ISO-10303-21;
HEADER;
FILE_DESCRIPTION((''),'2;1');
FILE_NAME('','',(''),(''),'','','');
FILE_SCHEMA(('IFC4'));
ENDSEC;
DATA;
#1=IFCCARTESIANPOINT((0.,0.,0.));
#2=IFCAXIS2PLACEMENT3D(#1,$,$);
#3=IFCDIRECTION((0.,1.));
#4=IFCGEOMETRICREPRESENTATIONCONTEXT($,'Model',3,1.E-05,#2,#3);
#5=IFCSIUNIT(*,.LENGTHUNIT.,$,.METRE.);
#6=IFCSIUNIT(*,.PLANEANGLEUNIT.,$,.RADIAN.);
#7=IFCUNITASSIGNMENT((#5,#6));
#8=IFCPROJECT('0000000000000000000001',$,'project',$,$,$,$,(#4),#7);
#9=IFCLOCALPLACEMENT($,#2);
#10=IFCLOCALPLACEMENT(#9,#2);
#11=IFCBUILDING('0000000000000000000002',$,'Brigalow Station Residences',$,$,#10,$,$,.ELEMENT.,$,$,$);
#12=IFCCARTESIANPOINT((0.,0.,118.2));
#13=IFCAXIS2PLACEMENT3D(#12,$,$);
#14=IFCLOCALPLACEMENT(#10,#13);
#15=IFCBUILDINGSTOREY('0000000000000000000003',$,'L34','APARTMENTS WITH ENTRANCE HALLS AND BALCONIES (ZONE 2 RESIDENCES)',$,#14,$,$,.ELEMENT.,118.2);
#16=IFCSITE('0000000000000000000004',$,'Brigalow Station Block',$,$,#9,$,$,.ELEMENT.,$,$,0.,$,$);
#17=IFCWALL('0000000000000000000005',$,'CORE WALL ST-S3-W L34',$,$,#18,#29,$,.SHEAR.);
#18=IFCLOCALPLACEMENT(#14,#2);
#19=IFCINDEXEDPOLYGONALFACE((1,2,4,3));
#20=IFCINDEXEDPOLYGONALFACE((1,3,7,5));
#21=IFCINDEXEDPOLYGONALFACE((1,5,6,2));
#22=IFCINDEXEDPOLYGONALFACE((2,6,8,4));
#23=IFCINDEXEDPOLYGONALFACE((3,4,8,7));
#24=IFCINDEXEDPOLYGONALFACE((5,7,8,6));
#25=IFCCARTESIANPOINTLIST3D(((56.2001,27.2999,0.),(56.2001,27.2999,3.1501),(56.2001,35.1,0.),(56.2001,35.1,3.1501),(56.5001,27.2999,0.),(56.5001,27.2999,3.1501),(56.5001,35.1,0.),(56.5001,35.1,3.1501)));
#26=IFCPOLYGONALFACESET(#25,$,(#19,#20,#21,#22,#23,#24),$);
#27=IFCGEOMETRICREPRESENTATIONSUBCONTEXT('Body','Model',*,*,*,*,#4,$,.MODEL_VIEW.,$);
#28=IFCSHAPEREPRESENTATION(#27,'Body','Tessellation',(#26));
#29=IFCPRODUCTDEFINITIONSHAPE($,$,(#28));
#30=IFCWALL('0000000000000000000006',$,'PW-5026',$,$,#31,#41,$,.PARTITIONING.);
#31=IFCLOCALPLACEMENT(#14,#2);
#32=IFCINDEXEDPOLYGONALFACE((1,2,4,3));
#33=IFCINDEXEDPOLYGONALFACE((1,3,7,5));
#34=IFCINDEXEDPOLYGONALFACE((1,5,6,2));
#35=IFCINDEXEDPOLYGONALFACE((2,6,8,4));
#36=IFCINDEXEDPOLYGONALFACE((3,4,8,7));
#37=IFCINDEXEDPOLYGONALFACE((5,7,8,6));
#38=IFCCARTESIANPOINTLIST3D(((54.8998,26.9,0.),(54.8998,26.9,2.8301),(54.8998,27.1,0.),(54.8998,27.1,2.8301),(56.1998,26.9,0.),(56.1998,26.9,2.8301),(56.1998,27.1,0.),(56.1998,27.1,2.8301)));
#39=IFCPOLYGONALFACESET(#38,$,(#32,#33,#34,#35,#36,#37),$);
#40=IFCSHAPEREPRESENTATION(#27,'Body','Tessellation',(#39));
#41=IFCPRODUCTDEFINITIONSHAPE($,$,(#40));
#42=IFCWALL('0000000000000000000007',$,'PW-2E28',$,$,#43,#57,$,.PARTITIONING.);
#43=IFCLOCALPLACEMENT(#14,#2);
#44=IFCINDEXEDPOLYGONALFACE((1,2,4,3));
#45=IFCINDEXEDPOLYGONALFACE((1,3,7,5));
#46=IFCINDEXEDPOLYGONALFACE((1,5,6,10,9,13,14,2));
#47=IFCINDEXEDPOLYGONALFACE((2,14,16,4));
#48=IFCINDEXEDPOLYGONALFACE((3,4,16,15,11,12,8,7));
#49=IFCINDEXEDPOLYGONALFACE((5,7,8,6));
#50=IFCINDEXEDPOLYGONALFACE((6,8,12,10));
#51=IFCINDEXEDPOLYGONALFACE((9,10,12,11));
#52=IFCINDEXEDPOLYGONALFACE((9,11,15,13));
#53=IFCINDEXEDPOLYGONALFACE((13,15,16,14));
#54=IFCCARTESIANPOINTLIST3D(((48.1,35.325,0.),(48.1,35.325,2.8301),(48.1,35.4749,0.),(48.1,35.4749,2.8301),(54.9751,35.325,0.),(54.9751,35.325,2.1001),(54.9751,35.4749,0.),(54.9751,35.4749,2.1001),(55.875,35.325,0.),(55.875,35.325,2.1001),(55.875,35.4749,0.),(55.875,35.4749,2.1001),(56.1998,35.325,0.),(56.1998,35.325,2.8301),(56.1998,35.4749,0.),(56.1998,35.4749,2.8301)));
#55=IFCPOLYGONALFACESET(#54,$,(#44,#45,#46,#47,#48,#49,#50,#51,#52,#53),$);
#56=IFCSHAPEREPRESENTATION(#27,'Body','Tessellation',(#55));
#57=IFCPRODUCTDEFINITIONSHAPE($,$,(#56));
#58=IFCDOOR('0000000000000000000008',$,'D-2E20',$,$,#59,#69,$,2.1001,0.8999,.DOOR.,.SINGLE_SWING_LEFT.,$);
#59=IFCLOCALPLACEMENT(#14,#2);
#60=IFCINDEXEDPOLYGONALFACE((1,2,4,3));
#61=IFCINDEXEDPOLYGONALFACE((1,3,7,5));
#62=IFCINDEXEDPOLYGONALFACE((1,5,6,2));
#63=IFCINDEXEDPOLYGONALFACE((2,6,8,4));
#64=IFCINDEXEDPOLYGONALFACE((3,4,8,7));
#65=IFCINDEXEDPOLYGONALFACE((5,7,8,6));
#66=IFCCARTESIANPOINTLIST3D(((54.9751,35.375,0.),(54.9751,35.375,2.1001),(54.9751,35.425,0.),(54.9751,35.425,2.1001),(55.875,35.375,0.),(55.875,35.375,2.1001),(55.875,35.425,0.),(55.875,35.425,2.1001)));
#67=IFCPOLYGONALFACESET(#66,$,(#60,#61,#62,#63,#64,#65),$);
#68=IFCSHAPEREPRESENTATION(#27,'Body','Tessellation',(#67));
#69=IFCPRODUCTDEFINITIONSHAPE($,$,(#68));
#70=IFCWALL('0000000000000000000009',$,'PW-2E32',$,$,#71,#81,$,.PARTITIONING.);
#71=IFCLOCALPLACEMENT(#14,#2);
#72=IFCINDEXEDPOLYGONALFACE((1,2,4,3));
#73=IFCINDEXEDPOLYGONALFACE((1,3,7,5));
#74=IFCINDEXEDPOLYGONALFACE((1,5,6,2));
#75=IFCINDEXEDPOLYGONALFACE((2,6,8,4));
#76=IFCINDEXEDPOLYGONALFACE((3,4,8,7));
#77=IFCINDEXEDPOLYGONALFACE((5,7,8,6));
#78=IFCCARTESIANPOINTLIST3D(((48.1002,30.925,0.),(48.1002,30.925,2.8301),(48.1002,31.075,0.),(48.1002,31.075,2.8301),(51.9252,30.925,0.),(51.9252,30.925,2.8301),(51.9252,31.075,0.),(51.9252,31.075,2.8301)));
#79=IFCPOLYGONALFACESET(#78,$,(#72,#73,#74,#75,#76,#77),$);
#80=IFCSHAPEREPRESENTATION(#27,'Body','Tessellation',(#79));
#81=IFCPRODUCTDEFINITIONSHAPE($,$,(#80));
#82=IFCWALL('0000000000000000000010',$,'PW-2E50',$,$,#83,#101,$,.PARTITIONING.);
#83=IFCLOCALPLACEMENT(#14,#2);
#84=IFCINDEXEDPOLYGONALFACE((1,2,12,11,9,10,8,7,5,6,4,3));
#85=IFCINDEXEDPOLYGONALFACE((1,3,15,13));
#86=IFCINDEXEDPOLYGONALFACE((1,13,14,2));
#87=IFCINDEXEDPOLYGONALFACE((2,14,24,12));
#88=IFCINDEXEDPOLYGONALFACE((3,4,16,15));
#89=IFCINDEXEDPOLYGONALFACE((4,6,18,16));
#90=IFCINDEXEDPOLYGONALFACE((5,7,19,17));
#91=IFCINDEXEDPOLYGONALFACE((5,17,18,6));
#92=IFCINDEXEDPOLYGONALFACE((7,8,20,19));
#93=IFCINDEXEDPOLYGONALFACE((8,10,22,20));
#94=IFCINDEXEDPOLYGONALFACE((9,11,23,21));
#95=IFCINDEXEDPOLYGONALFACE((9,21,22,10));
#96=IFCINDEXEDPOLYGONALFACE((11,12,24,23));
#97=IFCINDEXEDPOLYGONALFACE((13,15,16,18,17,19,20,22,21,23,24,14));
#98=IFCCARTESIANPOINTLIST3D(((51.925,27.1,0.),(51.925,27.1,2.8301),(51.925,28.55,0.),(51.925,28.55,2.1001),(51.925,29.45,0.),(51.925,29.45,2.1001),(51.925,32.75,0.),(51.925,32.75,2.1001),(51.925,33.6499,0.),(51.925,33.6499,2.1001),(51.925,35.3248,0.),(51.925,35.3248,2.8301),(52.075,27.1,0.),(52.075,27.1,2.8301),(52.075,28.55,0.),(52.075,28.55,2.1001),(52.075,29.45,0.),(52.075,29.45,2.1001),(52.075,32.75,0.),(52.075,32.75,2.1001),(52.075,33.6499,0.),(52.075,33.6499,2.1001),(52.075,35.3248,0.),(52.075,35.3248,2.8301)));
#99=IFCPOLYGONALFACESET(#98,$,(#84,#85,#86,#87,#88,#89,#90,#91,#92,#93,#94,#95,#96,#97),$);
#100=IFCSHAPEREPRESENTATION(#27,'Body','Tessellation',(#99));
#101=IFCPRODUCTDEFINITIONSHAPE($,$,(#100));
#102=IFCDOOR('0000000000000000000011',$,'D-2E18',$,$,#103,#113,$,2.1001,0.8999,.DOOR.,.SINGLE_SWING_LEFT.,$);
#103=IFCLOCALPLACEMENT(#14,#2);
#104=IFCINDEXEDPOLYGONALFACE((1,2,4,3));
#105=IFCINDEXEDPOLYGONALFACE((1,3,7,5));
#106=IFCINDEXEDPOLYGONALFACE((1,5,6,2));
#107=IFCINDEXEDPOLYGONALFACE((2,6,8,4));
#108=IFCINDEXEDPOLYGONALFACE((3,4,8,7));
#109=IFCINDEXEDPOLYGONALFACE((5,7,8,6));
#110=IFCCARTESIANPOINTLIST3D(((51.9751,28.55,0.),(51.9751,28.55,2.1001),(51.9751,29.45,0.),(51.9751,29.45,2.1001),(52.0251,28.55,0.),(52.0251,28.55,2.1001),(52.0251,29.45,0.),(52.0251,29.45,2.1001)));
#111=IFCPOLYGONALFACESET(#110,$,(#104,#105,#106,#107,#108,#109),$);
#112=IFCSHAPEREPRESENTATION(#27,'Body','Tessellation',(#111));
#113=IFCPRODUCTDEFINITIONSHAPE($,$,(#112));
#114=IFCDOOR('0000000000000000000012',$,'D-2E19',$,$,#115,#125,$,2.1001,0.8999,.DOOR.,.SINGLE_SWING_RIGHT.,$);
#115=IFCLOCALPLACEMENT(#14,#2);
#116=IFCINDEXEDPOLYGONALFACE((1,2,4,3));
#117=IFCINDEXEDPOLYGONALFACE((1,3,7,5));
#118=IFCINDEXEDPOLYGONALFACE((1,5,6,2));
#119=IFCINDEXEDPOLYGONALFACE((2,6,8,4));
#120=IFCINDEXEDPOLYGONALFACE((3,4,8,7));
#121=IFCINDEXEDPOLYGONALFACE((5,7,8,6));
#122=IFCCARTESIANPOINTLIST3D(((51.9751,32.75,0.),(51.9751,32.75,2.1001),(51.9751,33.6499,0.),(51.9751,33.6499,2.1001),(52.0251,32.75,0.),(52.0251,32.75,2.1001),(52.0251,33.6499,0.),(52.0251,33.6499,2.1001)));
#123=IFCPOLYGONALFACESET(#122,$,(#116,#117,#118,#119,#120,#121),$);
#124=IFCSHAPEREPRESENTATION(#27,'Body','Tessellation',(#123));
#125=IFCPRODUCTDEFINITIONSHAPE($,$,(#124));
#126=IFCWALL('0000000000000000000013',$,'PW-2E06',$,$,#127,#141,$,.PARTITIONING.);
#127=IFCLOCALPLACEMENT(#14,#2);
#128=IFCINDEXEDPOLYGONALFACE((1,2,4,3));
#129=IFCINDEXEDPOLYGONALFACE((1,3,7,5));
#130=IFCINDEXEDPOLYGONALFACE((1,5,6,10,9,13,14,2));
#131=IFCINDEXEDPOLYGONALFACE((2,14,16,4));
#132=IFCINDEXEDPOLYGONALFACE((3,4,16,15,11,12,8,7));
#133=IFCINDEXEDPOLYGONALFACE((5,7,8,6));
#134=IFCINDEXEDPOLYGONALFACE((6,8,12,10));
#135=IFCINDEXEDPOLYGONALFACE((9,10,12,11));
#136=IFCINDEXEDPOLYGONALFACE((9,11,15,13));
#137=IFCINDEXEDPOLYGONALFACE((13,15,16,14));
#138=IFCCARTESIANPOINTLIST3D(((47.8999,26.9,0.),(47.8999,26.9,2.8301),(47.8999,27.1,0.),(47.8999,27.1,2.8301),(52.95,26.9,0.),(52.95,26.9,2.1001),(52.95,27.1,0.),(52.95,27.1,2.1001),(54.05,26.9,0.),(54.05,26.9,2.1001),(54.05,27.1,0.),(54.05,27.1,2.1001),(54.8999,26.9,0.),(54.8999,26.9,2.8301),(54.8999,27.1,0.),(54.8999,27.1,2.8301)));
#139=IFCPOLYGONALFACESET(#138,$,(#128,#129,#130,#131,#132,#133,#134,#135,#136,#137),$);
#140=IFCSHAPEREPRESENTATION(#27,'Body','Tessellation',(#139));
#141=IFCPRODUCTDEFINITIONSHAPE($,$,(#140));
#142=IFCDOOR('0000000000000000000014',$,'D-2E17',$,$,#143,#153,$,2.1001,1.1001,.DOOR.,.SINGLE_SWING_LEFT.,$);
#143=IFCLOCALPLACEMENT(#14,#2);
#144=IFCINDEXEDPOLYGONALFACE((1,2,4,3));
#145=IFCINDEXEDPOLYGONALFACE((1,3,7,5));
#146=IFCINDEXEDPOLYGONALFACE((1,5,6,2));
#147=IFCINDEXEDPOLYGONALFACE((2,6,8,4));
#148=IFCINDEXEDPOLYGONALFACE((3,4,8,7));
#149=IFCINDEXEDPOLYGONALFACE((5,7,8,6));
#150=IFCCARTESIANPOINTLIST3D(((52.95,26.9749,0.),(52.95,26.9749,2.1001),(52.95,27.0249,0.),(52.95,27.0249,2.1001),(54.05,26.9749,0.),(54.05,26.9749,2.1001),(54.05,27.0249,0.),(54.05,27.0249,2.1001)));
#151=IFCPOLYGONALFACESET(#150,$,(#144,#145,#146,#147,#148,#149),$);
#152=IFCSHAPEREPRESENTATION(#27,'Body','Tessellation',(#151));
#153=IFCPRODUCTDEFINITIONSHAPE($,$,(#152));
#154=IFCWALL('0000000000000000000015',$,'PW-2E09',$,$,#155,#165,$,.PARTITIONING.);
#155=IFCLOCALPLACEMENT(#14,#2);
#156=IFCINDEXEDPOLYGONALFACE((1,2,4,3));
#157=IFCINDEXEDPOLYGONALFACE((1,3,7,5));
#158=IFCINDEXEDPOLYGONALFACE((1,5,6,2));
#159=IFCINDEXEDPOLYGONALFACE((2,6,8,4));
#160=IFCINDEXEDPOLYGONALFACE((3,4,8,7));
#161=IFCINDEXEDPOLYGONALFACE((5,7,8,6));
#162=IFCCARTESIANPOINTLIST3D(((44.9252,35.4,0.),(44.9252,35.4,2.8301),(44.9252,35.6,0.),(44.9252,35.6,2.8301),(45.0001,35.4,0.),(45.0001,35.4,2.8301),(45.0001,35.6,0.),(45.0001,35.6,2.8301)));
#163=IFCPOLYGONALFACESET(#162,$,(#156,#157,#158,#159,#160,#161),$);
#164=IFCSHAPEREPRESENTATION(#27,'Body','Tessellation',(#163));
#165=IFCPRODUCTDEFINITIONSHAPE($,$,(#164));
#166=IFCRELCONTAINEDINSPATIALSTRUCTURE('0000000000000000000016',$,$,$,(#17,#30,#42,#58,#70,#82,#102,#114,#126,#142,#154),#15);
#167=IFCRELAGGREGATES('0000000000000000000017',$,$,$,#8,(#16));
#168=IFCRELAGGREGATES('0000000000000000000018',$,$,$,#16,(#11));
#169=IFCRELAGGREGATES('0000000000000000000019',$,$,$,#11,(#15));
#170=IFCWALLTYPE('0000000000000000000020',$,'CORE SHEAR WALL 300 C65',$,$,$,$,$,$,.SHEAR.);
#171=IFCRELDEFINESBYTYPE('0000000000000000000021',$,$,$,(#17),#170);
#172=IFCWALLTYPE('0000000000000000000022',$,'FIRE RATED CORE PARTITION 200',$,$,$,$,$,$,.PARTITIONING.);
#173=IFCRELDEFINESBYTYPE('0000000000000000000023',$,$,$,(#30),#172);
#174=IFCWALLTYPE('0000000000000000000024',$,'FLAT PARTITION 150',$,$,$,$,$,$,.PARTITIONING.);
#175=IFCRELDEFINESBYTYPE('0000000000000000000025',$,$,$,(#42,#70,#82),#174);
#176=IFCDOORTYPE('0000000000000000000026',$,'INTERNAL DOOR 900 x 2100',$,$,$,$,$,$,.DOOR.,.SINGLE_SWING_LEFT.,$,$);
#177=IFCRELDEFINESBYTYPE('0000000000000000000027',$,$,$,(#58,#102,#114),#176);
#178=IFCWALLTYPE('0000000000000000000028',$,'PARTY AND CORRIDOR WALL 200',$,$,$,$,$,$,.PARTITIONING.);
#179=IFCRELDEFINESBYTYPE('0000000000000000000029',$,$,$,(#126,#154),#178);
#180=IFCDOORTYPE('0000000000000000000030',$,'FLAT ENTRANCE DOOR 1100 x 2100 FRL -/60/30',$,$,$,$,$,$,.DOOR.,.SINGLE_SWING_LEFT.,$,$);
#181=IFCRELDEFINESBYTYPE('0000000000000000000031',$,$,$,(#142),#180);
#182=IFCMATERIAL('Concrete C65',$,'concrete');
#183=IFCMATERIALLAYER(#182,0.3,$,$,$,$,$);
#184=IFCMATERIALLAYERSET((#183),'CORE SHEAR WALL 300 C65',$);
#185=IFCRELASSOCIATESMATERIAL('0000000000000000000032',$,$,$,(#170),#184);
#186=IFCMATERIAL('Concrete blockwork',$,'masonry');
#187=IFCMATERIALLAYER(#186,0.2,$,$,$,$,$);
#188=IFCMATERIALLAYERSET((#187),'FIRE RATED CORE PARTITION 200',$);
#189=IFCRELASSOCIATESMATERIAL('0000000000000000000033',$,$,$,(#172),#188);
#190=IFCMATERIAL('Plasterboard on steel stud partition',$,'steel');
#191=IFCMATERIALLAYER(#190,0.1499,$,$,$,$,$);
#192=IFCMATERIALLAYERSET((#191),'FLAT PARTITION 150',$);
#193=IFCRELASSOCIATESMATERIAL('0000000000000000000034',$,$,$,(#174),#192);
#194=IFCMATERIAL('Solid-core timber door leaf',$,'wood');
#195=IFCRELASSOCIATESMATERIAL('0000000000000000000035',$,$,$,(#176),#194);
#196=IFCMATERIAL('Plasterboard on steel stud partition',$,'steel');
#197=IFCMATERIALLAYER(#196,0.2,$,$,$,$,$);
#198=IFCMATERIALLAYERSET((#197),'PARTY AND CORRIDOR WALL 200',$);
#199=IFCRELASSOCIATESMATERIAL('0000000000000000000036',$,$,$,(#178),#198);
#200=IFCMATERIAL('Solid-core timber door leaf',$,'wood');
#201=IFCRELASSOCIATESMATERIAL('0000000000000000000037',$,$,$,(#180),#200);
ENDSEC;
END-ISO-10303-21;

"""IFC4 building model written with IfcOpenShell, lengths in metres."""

from ifc_helpers import new_model, si_unit, direction, frame, frame_2d, origin, place, context, subcontext, project, spatial, rectangle, extrude, material, layer, layer_set, type_object, element, fill, save


model = new_model("IFC4")

# Units and contexts
model_context = context("Model", 3, precision=1e-05, world=origin(), true_north=direction((0.0, 1.0)))
body_context = subcontext(model_context, "Body", "Model", "MODEL_VIEW")
ifc_project = project(units=[si_unit("LENGTHUNIT", "METRE"), si_unit("PLANEANGLEUNIT", "RADIAN")], contexts=[model_context])

# Site, building, storey
site_placement = place(None, origin())
site = spatial("IfcSite", under=ifc_project, at=site_placement, Name="Brigalow Station Block", CompositionType="ELEMENT", RefElevation=0.0)
building_placement = place(site_placement, origin())
building = spatial("IfcBuilding", under=site, at=building_placement, Name="Brigalow Station Residences", CompositionType="ELEMENT")
storey_placement = place(building_placement, frame((0.0, 0.0, 118.2)))
storey = spatial("IfcBuildingStorey", under=building, at=storey_placement, Name="L34", Description="APARTMENTS WITH ENTRANCE HALLS AND BALCONIES (ZONE 2 RESIDENCES)", CompositionType="ELEMENT", Elevation=118.2)

# Shared definitions
ifc_material_1 = material(Name="Concrete C65", Category="concrete")
ifc_layer_1 = layer(ifc_material_1, 0.3)
ifc_layer_set_1 = layer_set([ifc_layer_1], Name="CORE SHEAR WALL 300 C65")
wall_type_1 = type_object("IfcWallType", Name="CORE SHEAR WALL 300 C65", PredefinedType="SHEAR", material=ifc_layer_set_1)

# Walls
wall_1_placement = place(storey_placement, frame((56.3501, 27.3, 0.0), z_axis=(0.0, 0.0, 1.0), x_axis=(0.0, 1.0, 0.0)))
element("IfcWall", 1, at=wall_1_placement, inside=storey, type_object=wall_type_1, Name="CORE WALL ST-S3-W L34", PredefinedType="SHEAR", context=body_context, shape_type="SweptSolid", body=[
    extrude(rectangle(XDim=7.8, YDim=0.3, at=frame_2d((3.8999, 0.0))), origin(), (0.0, 0.0, 1.0), 3.1501),
])
ifc_material_2 = material(Name="Concrete blockwork", Category="masonry")
ifc_layer_2 = layer(ifc_material_2, 0.2)
ifc_layer_set_2 = layer_set([ifc_layer_2], Name="FIRE RATED CORE PARTITION 200")
wall_type_2 = type_object("IfcWallType", Name="FIRE RATED CORE PARTITION 200", PredefinedType="PARTITIONING", material=ifc_layer_set_2)
wall_2_placement = place(storey_placement, frame((54.8999, 27.0, 0.0), z_axis=(0.0, 0.0, 1.0), x_axis=(1.0, 0.0, 0.0)))
element("IfcWall", 2, at=wall_2_placement, inside=storey, type_object=wall_type_2, Name="PW-5026", PredefinedType="PARTITIONING", context=body_context, shape_type="SweptSolid", body=[
    extrude(rectangle(XDim=1.3, YDim=0.2, at=frame_2d((0.6499, 0.0))), origin(), (0.0, 0.0, 1.0), 2.8301),
])

# Wall, opening, door
ifc_material_3 = material(Name="Plasterboard on steel stud partition", Category="steel")
ifc_layer_3 = layer(ifc_material_3, 0.1499)
ifc_layer_set_3 = layer_set([ifc_layer_3], Name="FLAT PARTITION 150")
wall_type_3 = type_object("IfcWallType", Name="FLAT PARTITION 150", PredefinedType="PARTITIONING", material=ifc_layer_set_3)
wall_3_placement = place(storey_placement, frame((48.1001, 35.3999, 0.0), z_axis=(0.0, 0.0, 1.0), x_axis=(1.0, 0.0, 0.0)))
wall_3 = element("IfcWall", 3, at=wall_3_placement, inside=storey, type_object=wall_type_3, Name="PW-2E28", PredefinedType="PARTITIONING", context=body_context, shape_type="SweptSolid", body=[
    extrude(rectangle(XDim=8.0999, YDim=0.1499, at=frame_2d((4.0498, 0.0))), origin(), (0.0, 0.0, 1.0), 2.8301),
])
opening_1_placement = place(wall_3_placement, frame((6.875, 0.0, 0.0)))
opening_1 = element("IfcOpeningElement", 4, at=opening_1_placement, cuts=wall_3, PredefinedType="OPENING", context=body_context, shape_type="SweptSolid", body=[
    extrude(rectangle(XDim=0.8999, YDim=2.1001, at=frame_2d((0.45, 1.05))), frame((0.0, 0.085, 0.0), z_axis=(0.0, -1.0, 0.0), x_axis=(1.0, 0.0, 0.0)), (0.0, 0.0, 1.0), 0.1699),
])
ifc_material_4 = material(Name="Solid-core timber door leaf", Category="wood")
door_type_1 = type_object("IfcDoorType", Name="INTERNAL DOOR 900 x 2100", OperationType="SINGLE_SWING_LEFT", PredefinedType="DOOR", material=ifc_material_4)
door_1_placement = place(opening_1_placement, frame((0.8999, 0.0, 0.0), z_axis=(0.0, 0.0, 1.0), x_axis=(-1.0, 0.0, 0.0)))
door_1 = element("IfcDoor", 5, at=door_1_placement, inside=storey, type_object=door_type_1, Name="D-2E20", OperationType="SINGLE_SWING_LEFT", OverallHeight=2.1001, OverallWidth=0.8999, PredefinedType="DOOR", context=body_context, shape_type="SweptSolid", body=[
    extrude(rectangle(XDim=0.8999, YDim=2.1001, at=frame_2d((0.45, 1.05))), frame((0.0, 0.0249, 0.0), z_axis=(0.0, -1.0, 0.0), x_axis=(1.0, 0.0, 0.0)), (0.0, 0.0, 1.0), 0.05),
])
fill(opening_1, door_1)

# Wall
wall_4_placement = place(storey_placement, frame((48.1001, 31.0, 0.0), z_axis=(0.0, 0.0, 1.0), x_axis=(1.0, 0.0, 0.0)))
element("IfcWall", 6, at=wall_4_placement, inside=storey, type_object=wall_type_3, Name="PW-2E32", PredefinedType="PARTITIONING", context=body_context, shape_type="SweptSolid", body=[
    extrude(rectangle(XDim=3.825, YDim=0.1499, at=frame_2d((1.9126, 0.0))), origin(), (0.0, 0.0, 1.0), 2.8301),
])

# Wall, openings, doors
wall_5_placement = place(storey_placement, frame((52.0, 27.1001, 0.0), z_axis=(0.0, 0.0, 1.0), x_axis=(0.0, 1.0, 0.0)))
wall_5 = element("IfcWall", 7, at=wall_5_placement, inside=storey, type_object=wall_type_3, Name="PW-2E50", PredefinedType="PARTITIONING", context=body_context, shape_type="SweptSolid", body=[
    extrude(rectangle(XDim=8.2249, YDim=0.1499, at=frame_2d((4.1123, 0.0))), origin(), (0.0, 0.0, 1.0), 2.8301),
])
opening_2_placement = place(wall_5_placement, frame((1.45, 0.0, 0.0)))
opening_2 = element("IfcOpeningElement", 8, at=opening_2_placement, cuts=wall_5, PredefinedType="OPENING", context=body_context, shape_type="SweptSolid", body=[
    extrude(rectangle(XDim=0.8999, YDim=2.1001, at=frame_2d((0.45, 1.05))), frame((0.0, 0.085, 0.0), z_axis=(0.0, -1.0, 0.0), x_axis=(1.0, 0.0, 0.0)), (0.0, 0.0, 1.0), 0.1699),
])
opening_3_placement = place(wall_5_placement, frame((5.6499, 0.0, 0.0)))
opening_3 = element("IfcOpeningElement", 9, at=opening_3_placement, cuts=wall_5, PredefinedType="OPENING", context=body_context, shape_type="SweptSolid", body=[
    extrude(rectangle(XDim=0.8999, YDim=2.1001, at=frame_2d((0.45, 1.05))), frame((0.0, 0.085, 0.0), z_axis=(0.0, -1.0, 0.0), x_axis=(1.0, 0.0, 0.0)), (0.0, 0.0, 1.0), 0.1699),
])
door_2_placement = place(opening_2_placement, origin())
door_2 = element("IfcDoor", 10, at=door_2_placement, inside=storey, type_object=door_type_1, Name="D-2E18", OperationType="SINGLE_SWING_LEFT", OverallHeight=2.1001, OverallWidth=0.8999, PredefinedType="DOOR", context=body_context, shape_type="SweptSolid", body=[
    extrude(rectangle(XDim=0.8999, YDim=2.1001, at=frame_2d((0.45, 1.05))), frame((0.0, 0.0249, 0.0), z_axis=(0.0, -1.0, 0.0), x_axis=(1.0, 0.0, 0.0)), (0.0, 0.0, 1.0), 0.05),
])
fill(opening_2, door_2)
door_3_placement = place(opening_3_placement, origin())
door_3 = element("IfcDoor", 11, at=door_3_placement, inside=storey, type_object=door_type_1, Name="D-2E19", OperationType="SINGLE_SWING_RIGHT", OverallHeight=2.1001, OverallWidth=0.8999, PredefinedType="DOOR", context=body_context, shape_type="SweptSolid", body=[
    extrude(rectangle(XDim=0.8999, YDim=2.1001, at=frame_2d((0.45, 1.05))), frame((0.0, 0.0249, 0.0), z_axis=(0.0, -1.0, 0.0), x_axis=(1.0, 0.0, 0.0)), (0.0, 0.0, 1.0), 0.05),
])
fill(opening_3, door_3)

# Wall, opening, door
ifc_material_5 = material(Name="Plasterboard on steel stud partition", Category="steel")
ifc_layer_4 = layer(ifc_material_5, 0.2)
ifc_layer_set_4 = layer_set([ifc_layer_4], Name="PARTY AND CORRIDOR WALL 200")
wall_type_4 = type_object("IfcWallType", Name="PARTY AND CORRIDOR WALL 200", PredefinedType="PARTITIONING", material=ifc_layer_set_4)
wall_6_placement = place(storey_placement, frame((47.8999, 27.0, 0.0), z_axis=(0.0, 0.0, 1.0), x_axis=(1.0, 0.0, 0.0)))
wall_6 = element("IfcWall", 12, at=wall_6_placement, inside=storey, type_object=wall_type_4, Name="PW-2E06", PredefinedType="PARTITIONING", context=body_context, shape_type="SweptSolid", body=[
    extrude(rectangle(XDim=7.0, YDim=0.2, at=frame_2d((3.5, 0.0))), origin(), (0.0, 0.0, 1.0), 2.8301),
])
opening_4_placement = place(wall_6_placement, frame((5.05, 0.0, 0.0)))
opening_4 = element("IfcOpeningElement", 13, at=opening_4_placement, cuts=wall_6, PredefinedType="OPENING", context=body_context, shape_type="SweptSolid", body=[
    extrude(rectangle(XDim=1.1001, YDim=2.1001, at=frame_2d((0.55, 1.05))), frame((0.0, 0.1099, 0.0), z_axis=(0.0, -1.0, 0.0), x_axis=(1.0, 0.0, 0.0)), (0.0, 0.0, 1.0), 0.22),
])
ifc_material_6 = material(Name="Solid-core timber door leaf", Category="wood")
door_type_2 = type_object("IfcDoorType", Name="FLAT ENTRANCE DOOR 1100 x 2100 FRL -/60/30", OperationType="SINGLE_SWING_LEFT", PredefinedType="DOOR", material=ifc_material_6)
door_4_placement = place(opening_4_placement, origin())
door_4 = element("IfcDoor", 14, at=door_4_placement, inside=storey, type_object=door_type_2, Name="D-2E17", OperationType="SINGLE_SWING_LEFT", OverallHeight=2.1001, OverallWidth=1.1001, PredefinedType="DOOR", context=body_context, shape_type="SweptSolid", body=[
    extrude(rectangle(XDim=1.1001, YDim=2.1001, at=frame_2d((0.55, 1.05))), frame((0.0, 0.0249, 0.0), z_axis=(0.0, -1.0, 0.0), x_axis=(1.0, 0.0, 0.0)), (0.0, 0.0, 1.0), 0.05),
])
fill(opening_4, door_4)

# Wall
wall_7_placement = place(storey_placement, frame((44.925, 35.5, 0.0), z_axis=(0.0, 0.0, 1.0), x_axis=(1.0, 0.0, 0.0)))
element("IfcWall", 15, at=wall_7_placement, inside=storey, type_object=wall_type_4, Name="PW-2E09", PredefinedType="PARTITIONING", context=body_context, shape_type="SweptSolid", body=[
    extrude(rectangle(XDim=0.075, YDim=0.2, at=frame_2d((0.0376, 0.0))), origin(), (0.0, 0.0, 1.0), 2.8301),
])

save(model, "model.ifc")
